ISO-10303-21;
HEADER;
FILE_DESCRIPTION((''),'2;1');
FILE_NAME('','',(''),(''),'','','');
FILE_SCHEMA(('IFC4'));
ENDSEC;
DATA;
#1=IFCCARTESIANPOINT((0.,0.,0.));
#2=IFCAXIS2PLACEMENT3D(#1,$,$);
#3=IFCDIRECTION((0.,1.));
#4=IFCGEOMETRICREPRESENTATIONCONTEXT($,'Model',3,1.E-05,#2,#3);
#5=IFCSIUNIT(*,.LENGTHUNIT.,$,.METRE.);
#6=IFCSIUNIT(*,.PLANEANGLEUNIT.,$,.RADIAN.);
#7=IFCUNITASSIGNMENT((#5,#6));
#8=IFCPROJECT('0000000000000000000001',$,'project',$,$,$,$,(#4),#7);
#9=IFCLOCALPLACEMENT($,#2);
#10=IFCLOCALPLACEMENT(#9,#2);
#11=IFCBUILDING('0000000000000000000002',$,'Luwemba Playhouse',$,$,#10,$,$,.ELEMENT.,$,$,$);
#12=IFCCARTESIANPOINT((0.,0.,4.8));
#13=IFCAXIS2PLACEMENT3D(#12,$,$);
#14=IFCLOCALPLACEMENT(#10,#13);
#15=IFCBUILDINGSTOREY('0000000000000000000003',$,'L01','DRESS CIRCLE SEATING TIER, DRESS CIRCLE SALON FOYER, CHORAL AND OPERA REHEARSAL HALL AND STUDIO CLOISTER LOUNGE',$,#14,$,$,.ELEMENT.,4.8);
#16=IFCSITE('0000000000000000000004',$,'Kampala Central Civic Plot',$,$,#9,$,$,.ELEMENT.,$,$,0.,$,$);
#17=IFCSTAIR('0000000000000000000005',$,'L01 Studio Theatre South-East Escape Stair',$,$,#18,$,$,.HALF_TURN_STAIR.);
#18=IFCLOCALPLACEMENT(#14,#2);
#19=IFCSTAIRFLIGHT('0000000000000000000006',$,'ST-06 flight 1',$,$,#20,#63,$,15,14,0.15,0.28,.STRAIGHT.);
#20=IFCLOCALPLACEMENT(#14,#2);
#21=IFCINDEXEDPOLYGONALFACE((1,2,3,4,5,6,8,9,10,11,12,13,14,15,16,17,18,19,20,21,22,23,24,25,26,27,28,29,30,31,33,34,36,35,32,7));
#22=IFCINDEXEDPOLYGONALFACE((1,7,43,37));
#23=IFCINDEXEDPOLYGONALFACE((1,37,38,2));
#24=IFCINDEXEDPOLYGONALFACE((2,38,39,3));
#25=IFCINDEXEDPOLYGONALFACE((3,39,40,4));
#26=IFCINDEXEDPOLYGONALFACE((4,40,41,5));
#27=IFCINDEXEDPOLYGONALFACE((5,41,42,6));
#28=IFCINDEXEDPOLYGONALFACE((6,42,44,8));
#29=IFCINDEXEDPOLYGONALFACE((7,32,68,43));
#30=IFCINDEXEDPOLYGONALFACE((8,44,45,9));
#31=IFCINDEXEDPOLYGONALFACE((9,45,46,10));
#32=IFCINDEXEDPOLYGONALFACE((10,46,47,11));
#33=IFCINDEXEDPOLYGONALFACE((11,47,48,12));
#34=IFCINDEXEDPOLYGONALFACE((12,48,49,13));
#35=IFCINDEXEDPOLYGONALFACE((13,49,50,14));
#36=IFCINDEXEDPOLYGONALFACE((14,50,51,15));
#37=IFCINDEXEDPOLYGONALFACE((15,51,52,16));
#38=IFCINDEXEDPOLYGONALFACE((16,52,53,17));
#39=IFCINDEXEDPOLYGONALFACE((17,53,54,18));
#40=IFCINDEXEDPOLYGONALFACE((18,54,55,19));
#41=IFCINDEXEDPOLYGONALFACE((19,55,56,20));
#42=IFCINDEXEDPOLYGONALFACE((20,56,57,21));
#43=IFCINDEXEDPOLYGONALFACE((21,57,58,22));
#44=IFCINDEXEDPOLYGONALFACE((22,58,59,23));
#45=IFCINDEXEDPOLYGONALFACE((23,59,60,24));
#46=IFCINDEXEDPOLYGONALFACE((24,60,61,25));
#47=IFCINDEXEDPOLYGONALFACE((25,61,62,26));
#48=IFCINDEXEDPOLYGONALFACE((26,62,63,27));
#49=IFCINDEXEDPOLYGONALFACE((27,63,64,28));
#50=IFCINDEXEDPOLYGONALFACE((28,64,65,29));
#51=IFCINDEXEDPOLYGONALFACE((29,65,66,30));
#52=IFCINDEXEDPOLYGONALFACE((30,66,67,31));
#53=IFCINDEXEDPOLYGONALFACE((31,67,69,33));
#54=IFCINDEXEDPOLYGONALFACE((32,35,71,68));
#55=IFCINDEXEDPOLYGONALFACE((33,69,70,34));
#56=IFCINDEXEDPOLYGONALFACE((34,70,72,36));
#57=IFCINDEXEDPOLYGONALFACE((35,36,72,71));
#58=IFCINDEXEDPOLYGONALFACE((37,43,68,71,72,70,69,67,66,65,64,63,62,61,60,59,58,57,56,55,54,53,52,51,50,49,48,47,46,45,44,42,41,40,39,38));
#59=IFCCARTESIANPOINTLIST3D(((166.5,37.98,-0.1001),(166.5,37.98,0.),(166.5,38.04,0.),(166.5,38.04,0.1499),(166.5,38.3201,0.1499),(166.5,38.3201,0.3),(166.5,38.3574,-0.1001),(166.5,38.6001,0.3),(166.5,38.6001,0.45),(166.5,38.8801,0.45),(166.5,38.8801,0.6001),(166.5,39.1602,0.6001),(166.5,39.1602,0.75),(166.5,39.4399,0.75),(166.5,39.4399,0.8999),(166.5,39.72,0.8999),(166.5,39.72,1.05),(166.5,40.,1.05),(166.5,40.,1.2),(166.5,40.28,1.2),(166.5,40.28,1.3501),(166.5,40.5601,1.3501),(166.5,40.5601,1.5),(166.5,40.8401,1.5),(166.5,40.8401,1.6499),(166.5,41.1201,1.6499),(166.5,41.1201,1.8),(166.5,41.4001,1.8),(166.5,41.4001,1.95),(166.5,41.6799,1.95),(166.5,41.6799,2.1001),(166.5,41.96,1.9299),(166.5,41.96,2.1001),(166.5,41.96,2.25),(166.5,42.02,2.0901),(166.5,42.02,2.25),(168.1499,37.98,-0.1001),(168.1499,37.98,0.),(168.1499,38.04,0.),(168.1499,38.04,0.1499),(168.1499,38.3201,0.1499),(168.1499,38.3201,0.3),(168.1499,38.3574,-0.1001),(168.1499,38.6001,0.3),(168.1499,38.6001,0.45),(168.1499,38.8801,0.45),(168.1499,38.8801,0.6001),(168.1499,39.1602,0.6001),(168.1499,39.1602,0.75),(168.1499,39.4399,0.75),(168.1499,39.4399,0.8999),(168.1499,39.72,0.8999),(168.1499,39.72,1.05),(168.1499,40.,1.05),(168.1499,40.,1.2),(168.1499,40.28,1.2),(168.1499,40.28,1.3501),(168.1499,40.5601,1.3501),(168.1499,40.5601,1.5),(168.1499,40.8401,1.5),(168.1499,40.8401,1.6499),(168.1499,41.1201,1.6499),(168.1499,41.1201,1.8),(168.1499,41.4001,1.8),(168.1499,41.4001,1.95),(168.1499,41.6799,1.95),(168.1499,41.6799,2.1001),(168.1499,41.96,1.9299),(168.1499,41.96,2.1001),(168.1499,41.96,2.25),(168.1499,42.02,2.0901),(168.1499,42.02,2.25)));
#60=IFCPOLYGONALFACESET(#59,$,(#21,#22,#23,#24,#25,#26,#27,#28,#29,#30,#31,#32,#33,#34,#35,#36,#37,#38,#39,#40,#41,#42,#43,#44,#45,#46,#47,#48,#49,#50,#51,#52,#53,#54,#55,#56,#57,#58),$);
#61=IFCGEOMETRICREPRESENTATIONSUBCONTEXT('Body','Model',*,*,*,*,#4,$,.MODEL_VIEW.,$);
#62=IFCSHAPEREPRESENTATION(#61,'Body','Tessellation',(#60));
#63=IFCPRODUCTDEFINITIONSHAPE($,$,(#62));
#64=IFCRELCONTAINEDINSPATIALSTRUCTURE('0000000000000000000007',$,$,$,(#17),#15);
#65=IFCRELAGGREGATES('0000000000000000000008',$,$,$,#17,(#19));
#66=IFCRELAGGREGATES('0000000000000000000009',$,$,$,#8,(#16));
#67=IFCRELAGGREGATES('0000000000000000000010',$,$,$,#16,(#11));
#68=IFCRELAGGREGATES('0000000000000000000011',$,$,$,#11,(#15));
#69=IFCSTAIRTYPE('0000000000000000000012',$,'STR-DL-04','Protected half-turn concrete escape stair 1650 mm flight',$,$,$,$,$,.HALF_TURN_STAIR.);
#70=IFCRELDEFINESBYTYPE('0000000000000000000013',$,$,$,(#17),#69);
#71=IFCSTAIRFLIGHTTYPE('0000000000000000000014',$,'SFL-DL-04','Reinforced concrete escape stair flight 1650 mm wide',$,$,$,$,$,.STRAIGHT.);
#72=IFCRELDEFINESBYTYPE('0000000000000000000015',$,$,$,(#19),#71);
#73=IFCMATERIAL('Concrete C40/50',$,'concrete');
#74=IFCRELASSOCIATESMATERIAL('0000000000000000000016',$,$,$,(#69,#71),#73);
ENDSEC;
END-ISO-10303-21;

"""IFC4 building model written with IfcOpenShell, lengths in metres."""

from ifc_helpers import new_model, si_unit, direction, frame, origin, place, context, subcontext, project, spatial, polyline, outline, extrude, material, type_object, element, aggregate, save


model = new_model("IFC4")

# Units and contexts
model_context = context("Model", 3, precision=1e-05, world=origin(), true_north=direction((0.0, 1.0)))
body_context = subcontext(model_context, "Body", "Model", "MODEL_VIEW")
ifc_project = project(units=[si_unit("LENGTHUNIT", "METRE"), si_unit("PLANEANGLEUNIT", "RADIAN")], contexts=[model_context])

# Site, building, storey
site_placement = place(None, origin())
site = spatial("IfcSite", under=ifc_project, at=site_placement, Name="Kampala Central Civic Plot", CompositionType="ELEMENT", RefElevation=0.0)
building_placement = place(site_placement, origin())
building = spatial("IfcBuilding", under=site, at=building_placement, Name="Luwemba Playhouse", CompositionType="ELEMENT")
storey_placement = place(building_placement, frame((0.0, 0.0, 4.8)))
storey = spatial("IfcBuildingStorey", under=building, at=storey_placement, Name="L01", Description="DRESS CIRCLE SEATING TIER, DRESS CIRCLE SALON FOYER, CHORAL AND OPERA REHEARSAL HALL AND STUDIO CLOISTER LOUNGE", CompositionType="ELEMENT", Elevation=4.8)

# Shared definitions
ifc_material_1 = material(Name="Concrete C40/50", Category="concrete")

# Stair, stair flight
stair_type = type_object("IfcStairType", Name="STR-DL-04", Description="Protected half-turn concrete escape stair 1650 mm flight", PredefinedType="HALF_TURN_STAIR", material=ifc_material_1)
stair_placement = place(storey_placement, origin())
stair = element("IfcStair", 1, at=stair_placement, inside=storey, type_object=stair_type, Name="L01 Studio Theatre South-East Escape Stair", PredefinedType="HALF_TURN_STAIR")
stair_flight_type = type_object("IfcStairFlightType", Name="SFL-DL-04", Description="Reinforced concrete escape stair flight 1650 mm wide", PredefinedType="STRAIGHT", material=ifc_material_1)
stair_flight_placement = place(storey_placement, frame((167.325, 38.04, 0.0), z_axis=(0.0, 0.0, 1.0), x_axis=(0.0, 1.0, 0.0)))
stair_flight = element("IfcStairFlight", 2, at=stair_flight_placement, type_object=stair_flight_type, Name="ST-06 flight 1", NumberOfRisers=15, NumberOfTreads=14, PredefinedType="STRAIGHT", RiserHeight=0.15, TreadLength=0.28, context=body_context, shape_type="SweptSolid", body=[
    extrude(outline(polyline([(-0.0601, -0.1001), (-0.0601, 0.0), (0.0, 0.0), (0.0, 0.1499), (0.28, 0.1499), (0.28, 0.3), (0.5601, 0.3), (0.5601, 0.45), (0.8401, 0.45), (0.8401, 0.6001), (1.1201, 0.6001), (1.1201, 0.75), (1.3999, 0.75), (1.3999, 0.8999), (1.6799, 0.8999), (1.6799, 1.05), (1.96, 1.05), (1.96, 1.2), (2.24, 1.2), (2.24, 1.3501), (2.52, 1.3501), (2.52, 1.5), (2.8, 1.5), (2.8, 1.6499), (3.0801, 1.6499), (3.0801, 1.8), (3.3601, 1.8), (3.3601, 1.95), (3.6399, 1.95), (3.6399, 2.1001), (3.9199, 2.1001), (3.9199, 2.25), (3.98, 2.25), (3.98, 2.0901), (3.9199, 1.9299), (0.3174, -0.1001), (-0.0601, -0.1001)])), frame((0.0, 0.825, 0.0), z_axis=(0.0, -1.0, 0.0), x_axis=(1.0, 0.0, 0.0)), (0.0, 0.0, 1.0), 1.6499),
])
aggregate(stair, [stair_flight])

save(model, "model.ifc")
